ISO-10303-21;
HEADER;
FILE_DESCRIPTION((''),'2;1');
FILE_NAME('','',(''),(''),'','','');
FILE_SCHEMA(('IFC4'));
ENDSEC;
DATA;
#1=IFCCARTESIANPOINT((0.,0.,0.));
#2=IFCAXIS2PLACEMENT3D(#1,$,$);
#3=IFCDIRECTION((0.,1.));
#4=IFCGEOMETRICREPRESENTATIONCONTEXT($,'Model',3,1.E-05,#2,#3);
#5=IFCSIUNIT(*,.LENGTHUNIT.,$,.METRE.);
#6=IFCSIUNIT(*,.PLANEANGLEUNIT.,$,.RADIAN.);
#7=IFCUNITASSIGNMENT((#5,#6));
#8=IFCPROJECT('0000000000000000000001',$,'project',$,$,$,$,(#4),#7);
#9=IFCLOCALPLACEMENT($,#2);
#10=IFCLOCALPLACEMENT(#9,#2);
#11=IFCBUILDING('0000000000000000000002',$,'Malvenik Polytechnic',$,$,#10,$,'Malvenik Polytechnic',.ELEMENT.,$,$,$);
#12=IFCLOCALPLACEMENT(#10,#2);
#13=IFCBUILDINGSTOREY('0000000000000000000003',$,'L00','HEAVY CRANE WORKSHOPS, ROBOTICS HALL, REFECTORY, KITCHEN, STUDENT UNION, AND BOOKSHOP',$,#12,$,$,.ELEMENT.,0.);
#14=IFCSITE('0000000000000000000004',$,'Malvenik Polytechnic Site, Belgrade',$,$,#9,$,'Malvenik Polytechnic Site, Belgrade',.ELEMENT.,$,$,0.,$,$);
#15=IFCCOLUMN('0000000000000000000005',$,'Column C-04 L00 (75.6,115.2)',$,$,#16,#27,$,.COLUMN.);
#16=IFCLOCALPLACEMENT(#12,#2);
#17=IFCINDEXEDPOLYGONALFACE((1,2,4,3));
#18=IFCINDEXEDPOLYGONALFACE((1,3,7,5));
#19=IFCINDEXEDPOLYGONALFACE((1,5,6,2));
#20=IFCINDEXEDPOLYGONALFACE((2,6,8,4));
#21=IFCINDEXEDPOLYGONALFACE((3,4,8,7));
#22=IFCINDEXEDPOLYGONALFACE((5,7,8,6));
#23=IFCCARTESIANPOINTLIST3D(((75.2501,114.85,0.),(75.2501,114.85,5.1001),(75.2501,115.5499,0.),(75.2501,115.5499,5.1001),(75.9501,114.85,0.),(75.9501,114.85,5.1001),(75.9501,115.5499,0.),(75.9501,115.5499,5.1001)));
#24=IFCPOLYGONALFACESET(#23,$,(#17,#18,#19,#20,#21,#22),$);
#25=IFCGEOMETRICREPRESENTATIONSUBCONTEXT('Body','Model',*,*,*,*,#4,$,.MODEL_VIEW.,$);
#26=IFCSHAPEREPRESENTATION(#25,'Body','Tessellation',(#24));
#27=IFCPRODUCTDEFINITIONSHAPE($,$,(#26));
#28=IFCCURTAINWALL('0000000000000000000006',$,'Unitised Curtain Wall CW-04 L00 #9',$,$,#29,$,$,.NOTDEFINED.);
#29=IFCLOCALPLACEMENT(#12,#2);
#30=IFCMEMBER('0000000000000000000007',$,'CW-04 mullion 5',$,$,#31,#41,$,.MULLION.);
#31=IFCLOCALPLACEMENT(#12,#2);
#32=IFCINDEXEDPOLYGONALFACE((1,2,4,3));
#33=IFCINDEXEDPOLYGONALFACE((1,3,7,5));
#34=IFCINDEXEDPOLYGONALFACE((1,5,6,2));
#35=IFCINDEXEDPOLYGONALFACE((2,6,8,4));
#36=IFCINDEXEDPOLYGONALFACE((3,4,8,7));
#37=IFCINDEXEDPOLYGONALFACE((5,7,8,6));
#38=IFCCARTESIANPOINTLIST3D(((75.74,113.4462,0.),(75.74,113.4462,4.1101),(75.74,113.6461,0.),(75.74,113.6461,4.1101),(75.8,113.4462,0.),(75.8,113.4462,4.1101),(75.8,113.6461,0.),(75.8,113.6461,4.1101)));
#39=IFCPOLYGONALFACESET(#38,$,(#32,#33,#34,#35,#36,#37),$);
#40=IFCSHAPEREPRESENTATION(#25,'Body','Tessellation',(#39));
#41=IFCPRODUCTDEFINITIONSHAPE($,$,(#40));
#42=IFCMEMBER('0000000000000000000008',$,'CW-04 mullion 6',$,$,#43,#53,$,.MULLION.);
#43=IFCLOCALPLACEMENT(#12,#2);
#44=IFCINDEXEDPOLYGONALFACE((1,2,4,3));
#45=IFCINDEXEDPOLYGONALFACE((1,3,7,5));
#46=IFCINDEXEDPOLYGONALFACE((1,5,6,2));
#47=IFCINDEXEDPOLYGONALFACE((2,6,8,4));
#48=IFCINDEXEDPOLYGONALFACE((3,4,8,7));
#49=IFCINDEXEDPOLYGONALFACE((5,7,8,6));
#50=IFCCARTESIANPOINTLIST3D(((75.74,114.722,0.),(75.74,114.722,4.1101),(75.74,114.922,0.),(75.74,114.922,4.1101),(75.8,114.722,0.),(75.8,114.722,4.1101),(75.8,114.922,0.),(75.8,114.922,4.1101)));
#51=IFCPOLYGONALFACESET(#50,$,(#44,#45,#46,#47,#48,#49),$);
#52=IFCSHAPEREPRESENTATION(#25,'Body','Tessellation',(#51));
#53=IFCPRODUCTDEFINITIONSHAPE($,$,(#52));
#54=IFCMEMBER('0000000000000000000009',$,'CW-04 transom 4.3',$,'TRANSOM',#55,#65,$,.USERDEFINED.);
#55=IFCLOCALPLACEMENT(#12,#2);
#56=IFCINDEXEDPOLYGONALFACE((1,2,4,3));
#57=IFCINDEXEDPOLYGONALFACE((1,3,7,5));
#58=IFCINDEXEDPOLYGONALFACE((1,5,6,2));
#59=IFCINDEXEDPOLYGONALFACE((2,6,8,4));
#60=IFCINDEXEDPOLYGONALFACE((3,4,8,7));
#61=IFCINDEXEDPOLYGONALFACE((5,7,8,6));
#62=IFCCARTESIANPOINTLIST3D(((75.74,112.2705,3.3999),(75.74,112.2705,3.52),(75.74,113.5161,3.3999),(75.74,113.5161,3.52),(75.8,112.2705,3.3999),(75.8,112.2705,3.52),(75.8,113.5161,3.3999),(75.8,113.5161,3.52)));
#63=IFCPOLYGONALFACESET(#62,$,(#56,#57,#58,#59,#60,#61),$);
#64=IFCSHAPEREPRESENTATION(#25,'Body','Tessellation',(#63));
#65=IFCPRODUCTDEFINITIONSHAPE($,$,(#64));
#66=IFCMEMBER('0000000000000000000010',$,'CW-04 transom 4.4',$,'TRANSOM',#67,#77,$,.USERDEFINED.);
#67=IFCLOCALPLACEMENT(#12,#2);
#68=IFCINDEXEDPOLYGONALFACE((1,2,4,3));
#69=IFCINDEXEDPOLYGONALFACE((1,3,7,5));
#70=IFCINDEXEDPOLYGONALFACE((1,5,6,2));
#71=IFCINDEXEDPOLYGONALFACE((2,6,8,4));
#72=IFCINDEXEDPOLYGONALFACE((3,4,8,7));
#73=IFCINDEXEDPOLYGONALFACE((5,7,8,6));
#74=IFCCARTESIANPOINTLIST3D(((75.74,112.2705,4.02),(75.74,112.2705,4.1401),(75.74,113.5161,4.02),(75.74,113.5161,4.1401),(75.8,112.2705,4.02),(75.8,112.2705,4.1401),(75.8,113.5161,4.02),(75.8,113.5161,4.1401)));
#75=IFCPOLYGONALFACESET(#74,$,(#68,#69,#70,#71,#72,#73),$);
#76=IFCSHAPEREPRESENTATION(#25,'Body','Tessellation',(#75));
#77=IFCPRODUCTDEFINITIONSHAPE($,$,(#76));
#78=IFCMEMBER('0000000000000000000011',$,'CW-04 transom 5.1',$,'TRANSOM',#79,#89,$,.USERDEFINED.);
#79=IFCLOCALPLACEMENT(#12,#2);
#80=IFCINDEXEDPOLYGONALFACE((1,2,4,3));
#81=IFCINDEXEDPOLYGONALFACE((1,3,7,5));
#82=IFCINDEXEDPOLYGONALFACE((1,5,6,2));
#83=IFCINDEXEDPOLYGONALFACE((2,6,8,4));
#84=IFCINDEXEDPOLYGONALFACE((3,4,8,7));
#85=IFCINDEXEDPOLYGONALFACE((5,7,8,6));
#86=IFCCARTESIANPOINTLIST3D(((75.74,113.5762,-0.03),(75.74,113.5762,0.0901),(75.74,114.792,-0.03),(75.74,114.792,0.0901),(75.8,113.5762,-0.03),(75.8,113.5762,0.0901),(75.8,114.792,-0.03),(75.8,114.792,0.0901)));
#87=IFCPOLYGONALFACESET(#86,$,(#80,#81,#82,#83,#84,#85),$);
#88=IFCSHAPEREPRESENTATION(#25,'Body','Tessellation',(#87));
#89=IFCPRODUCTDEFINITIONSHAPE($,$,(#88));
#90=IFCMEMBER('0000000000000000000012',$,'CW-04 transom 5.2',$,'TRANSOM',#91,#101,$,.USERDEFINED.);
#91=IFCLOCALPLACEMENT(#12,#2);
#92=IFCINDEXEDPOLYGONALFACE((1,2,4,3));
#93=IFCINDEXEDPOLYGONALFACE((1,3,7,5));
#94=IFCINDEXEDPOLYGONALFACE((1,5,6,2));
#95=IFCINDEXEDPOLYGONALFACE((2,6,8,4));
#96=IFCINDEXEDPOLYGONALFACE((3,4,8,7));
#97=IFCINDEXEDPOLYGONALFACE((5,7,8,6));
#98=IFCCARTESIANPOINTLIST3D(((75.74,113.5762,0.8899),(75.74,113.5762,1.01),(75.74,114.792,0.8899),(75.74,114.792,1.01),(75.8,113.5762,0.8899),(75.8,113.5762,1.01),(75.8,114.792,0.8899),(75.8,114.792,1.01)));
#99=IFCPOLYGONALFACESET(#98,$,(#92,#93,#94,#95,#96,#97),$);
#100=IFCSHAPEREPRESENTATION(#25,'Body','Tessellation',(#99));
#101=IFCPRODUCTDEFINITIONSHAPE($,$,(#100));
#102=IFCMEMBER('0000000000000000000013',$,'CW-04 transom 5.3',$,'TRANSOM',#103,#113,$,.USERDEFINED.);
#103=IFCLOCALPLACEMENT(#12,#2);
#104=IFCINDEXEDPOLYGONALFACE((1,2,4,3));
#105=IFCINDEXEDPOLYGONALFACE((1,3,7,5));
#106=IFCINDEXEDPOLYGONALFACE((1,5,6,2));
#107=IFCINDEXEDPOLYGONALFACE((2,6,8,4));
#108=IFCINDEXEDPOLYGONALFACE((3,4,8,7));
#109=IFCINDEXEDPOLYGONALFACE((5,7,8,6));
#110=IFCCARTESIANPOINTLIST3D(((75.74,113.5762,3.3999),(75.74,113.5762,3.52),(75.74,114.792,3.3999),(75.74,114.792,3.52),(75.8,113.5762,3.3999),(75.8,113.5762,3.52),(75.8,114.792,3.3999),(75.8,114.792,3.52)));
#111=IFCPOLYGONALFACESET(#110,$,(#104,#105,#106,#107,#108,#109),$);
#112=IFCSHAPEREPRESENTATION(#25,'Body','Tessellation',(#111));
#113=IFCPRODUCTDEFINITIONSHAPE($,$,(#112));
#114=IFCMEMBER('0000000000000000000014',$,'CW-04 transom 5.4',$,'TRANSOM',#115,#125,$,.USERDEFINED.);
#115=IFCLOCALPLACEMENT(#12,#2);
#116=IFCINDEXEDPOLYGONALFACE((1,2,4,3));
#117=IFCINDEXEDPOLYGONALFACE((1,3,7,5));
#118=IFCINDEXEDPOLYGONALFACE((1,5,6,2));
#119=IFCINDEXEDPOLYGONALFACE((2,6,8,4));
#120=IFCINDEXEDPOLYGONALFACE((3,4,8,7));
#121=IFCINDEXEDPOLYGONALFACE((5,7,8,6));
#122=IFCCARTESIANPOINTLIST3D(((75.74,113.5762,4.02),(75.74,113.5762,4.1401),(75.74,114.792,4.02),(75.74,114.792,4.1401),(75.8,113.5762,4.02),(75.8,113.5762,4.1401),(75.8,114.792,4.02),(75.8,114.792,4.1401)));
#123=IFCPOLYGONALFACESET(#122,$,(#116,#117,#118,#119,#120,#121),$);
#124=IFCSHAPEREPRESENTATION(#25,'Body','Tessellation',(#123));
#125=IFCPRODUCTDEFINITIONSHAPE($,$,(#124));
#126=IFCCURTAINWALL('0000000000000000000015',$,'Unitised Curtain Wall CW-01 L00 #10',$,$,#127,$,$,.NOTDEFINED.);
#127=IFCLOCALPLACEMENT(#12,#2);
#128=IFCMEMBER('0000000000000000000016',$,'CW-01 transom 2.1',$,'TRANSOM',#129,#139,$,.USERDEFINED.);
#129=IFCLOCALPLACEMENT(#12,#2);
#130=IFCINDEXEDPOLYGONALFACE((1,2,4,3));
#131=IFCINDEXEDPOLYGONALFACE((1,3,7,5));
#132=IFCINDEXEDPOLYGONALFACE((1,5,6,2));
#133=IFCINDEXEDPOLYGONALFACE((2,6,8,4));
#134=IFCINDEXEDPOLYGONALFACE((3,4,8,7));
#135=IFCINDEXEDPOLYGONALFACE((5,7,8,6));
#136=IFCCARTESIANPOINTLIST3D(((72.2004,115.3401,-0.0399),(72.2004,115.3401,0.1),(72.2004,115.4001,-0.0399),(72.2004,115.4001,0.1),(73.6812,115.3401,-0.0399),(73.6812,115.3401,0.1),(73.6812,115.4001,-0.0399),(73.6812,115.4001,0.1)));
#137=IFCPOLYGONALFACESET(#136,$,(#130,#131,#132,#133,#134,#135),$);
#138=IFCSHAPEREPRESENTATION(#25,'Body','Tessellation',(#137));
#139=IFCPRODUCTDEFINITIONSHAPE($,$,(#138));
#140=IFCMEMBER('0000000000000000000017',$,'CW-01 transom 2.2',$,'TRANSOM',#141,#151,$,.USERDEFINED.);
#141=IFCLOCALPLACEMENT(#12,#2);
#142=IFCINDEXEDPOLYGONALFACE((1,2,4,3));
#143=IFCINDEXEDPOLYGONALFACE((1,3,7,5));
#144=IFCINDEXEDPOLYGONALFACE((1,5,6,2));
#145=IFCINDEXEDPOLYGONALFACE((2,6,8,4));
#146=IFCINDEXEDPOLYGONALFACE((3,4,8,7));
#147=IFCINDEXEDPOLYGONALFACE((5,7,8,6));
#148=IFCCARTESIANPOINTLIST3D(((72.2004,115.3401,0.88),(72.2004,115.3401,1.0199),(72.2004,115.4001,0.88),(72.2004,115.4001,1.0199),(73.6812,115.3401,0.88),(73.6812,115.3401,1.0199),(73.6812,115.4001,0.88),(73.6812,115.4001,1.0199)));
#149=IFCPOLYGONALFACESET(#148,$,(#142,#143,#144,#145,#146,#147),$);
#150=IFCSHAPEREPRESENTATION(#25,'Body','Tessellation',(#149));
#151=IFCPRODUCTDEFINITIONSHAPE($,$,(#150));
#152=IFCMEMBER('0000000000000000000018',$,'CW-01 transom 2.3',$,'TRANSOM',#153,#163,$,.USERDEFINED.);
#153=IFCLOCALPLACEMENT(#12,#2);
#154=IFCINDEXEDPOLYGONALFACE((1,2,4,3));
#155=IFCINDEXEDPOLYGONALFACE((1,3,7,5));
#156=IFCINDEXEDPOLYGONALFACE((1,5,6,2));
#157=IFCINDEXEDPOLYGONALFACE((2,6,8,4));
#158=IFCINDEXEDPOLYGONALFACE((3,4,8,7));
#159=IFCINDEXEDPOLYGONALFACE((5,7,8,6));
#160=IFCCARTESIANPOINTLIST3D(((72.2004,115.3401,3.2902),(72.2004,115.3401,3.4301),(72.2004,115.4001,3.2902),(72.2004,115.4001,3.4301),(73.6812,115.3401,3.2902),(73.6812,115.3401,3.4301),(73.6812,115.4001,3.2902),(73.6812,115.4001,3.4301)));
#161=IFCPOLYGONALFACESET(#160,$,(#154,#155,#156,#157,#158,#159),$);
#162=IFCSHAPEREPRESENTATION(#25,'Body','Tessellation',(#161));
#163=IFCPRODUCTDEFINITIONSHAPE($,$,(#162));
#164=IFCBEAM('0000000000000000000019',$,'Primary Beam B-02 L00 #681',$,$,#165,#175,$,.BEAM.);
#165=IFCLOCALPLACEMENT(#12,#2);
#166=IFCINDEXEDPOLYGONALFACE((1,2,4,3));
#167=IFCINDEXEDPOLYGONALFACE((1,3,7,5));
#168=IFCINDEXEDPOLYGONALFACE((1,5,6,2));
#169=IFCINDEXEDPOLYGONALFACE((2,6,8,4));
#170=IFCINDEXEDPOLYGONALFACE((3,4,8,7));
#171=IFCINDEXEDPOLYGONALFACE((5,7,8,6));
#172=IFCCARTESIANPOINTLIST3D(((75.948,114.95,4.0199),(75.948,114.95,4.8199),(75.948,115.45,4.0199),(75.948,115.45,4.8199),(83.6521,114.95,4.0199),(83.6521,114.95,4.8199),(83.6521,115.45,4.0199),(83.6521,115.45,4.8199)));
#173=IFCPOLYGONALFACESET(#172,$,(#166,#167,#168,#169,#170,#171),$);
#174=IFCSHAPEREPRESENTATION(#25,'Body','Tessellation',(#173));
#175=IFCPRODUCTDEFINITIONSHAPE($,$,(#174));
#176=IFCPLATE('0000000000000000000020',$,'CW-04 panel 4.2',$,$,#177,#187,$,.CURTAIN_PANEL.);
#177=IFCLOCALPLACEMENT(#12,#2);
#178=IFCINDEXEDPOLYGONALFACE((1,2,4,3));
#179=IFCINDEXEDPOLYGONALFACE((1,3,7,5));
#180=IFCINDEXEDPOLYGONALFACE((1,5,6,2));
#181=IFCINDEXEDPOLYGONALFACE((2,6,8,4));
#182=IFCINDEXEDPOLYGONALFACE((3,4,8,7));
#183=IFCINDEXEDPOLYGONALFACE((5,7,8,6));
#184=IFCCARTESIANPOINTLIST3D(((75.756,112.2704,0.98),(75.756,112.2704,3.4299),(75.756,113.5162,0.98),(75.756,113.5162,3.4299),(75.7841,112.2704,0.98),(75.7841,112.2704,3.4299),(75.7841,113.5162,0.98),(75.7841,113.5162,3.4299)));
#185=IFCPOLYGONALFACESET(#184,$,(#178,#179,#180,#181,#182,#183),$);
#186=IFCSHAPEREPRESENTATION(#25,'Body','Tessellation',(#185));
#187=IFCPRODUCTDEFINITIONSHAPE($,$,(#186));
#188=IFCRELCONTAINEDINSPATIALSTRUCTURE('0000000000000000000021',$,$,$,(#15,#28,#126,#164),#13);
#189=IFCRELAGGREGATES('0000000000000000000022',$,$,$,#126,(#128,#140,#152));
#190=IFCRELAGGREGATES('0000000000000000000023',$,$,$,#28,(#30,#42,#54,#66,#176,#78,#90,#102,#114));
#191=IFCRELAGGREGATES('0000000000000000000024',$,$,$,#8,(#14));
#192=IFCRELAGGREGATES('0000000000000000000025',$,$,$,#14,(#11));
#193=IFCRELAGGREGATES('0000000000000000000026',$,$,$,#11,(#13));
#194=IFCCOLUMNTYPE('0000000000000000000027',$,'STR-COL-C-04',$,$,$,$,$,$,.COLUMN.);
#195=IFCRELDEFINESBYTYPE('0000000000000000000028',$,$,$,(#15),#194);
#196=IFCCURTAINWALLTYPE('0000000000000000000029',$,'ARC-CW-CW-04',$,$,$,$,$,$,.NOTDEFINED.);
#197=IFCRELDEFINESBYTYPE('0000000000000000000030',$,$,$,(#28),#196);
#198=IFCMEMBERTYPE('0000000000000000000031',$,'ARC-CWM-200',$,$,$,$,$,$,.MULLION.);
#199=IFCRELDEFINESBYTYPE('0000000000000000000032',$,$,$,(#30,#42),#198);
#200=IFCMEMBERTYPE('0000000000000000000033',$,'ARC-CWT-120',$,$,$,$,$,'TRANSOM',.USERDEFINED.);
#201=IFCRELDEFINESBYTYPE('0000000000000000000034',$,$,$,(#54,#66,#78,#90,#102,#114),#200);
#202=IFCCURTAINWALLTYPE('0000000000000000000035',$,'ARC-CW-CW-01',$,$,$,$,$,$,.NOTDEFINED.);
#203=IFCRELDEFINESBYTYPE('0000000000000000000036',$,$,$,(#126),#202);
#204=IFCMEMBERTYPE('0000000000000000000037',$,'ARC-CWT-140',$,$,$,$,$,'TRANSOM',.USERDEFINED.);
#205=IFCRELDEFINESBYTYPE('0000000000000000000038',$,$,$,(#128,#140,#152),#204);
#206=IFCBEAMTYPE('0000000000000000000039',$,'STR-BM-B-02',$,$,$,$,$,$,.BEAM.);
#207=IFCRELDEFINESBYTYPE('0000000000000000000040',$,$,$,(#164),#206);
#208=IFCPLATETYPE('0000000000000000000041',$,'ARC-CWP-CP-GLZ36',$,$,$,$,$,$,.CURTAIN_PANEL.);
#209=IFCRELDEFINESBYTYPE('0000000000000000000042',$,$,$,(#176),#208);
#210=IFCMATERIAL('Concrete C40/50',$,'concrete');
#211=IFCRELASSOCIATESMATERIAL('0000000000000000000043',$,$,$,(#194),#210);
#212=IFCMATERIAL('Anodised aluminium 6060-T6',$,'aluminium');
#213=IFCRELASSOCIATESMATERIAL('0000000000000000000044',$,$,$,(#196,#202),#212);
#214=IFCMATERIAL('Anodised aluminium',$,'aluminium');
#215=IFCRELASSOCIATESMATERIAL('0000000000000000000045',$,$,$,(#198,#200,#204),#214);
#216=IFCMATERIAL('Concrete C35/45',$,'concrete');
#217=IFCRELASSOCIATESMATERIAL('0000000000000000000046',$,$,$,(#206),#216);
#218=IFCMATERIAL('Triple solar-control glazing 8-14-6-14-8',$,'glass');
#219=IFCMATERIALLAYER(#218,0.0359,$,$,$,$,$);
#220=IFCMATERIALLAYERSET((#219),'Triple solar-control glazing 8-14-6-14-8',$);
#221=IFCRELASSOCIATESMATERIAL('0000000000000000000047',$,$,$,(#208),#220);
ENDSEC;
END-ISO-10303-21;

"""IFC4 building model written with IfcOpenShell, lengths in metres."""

from ifc_helpers import new_model, si_unit, direction, frame, origin, origin_2d, place, context, subcontext, project, spatial, rectangle, extrude, material, layer, layer_set, material_profile, profile_set, type_object, element, aggregate, save


model = new_model("IFC4")

# Units and contexts
model_context = context("Model", 3, precision=1e-05, world=origin(), true_north=direction((0.0, 1.0)))
body_context = subcontext(model_context, "Body", "Model", "MODEL_VIEW")
ifc_project = project(units=[si_unit("LENGTHUNIT", "METRE"), si_unit("PLANEANGLEUNIT", "RADIAN")], contexts=[model_context])

# Site, building, storey
site_placement = place(None, origin())
site = spatial("IfcSite", under=ifc_project, at=site_placement, Name="Malvenik Polytechnic Site, Belgrade", LongName="Malvenik Polytechnic Site, Belgrade", CompositionType="ELEMENT", RefElevation=0.0)
building_placement = place(site_placement, origin())
building = spatial("IfcBuilding", under=site, at=building_placement, Name="Malvenik Polytechnic", LongName="Malvenik Polytechnic", CompositionType="ELEMENT")
storey_placement = place(building_placement, origin())
storey = spatial("IfcBuildingStorey", under=building, at=storey_placement, Name="L00", Description="HEAVY CRANE WORKSHOPS, ROBOTICS HALL, REFECTORY, KITCHEN, STUDENT UNION, AND BOOKSHOP", CompositionType="ELEMENT", Elevation=0.0)

# Column
ifc_material_1 = material(Name="Concrete C40/50", Category="concrete")
ifc_material_profile_1 = material_profile(ifc_material_1, rectangle(XDim=0.7, YDim=0.7, at=origin_2d()), Name="RC COL 700x700")
ifc_profile_set_1 = profile_set([ifc_material_profile_1], Name="Concrete C40/50")
column_type = type_object("IfcColumnType", Name="STR-COL-C-04", PredefinedType="COLUMN", material=ifc_profile_set_1)
column_placement = place(storey_placement, frame((75.6001, 115.2, 0.0), z_axis=(0.0, 0.0, 1.0), x_axis=(1.0, 0.0, 0.0)))
element("IfcColumn", 1, at=column_placement, inside=storey, type_object=column_type, Name="Column C-04 L00 (75.6,115.2)", PredefinedType="COLUMN", context=body_context, shape_type="SweptSolid", body=[
    extrude(rectangle(XDim=0.7, YDim=0.7, at=origin_2d()), origin(), (0.0, 0.0, 1.0), 5.1001),
])

# Curtain walls, members
ifc_material_2 = material(Name="Anodised aluminium 6060-T6", Category="aluminium")
curtain_wall_type_1 = type_object("IfcCurtainWallType", Name="ARC-CW-CW-04", PredefinedType="NOTDEFINED", material=ifc_material_2)
curtain_wall_1_placement = place(storey_placement, origin())
curtain_wall_1 = element("IfcCurtainWall", 2, at=curtain_wall_1_placement, inside=storey, type_object=curtain_wall_type_1, Name="Unitised Curtain Wall CW-04 L00 #9", PredefinedType="NOTDEFINED")
ifc_material_3 = material(Name="Anodised aluminium", Category="aluminium")
ifc_material_profile_2 = material_profile(ifc_material_3, rectangle(XDim=0.0601, YDim=0.2, at=origin_2d()), Name="ALU MULLION 60x200")
ifc_profile_set_2 = profile_set([ifc_material_profile_2], Name="Anodised aluminium")
member_type_1 = type_object("IfcMemberType", Name="ARC-CWM-200", PredefinedType="MULLION", material=ifc_profile_set_2)
member_1_placement = place(storey_placement, frame((75.77, 113.5461, 0.0), z_axis=(0.0, 0.0, 1.0), x_axis=(-1.0, 0.0, 0.0)))
member_1 = element("IfcMember", 3, at=member_1_placement, type_object=member_type_1, Name="CW-04 mullion 5", PredefinedType="MULLION", context=body_context, shape_type="SweptSolid", body=[
    extrude(rectangle(XDim=0.0601, YDim=0.2, at=origin_2d()), origin(), (0.0, 0.0, 1.0), 4.1101),
])
member_2_placement = place(storey_placement, frame((75.77, 114.822, 0.0), z_axis=(0.0, 0.0, 1.0), x_axis=(-1.0, 0.0, 0.0)))
member_2 = element("IfcMember", 4, at=member_2_placement, type_object=member_type_1, Name="CW-04 mullion 6", PredefinedType="MULLION", context=body_context, shape_type="SweptSolid", body=[
    extrude(rectangle(XDim=0.0601, YDim=0.2, at=origin_2d()), origin(), (0.0, 0.0, 1.0), 4.1101),
])
ifc_material_profile_3 = material_profile(ifc_material_3, rectangle(XDim=0.0601, YDim=0.1201, at=origin_2d()), Name="ALU TRANSOM 60x120")
ifc_profile_set_3 = profile_set([ifc_material_profile_3], Name="Anodised aluminium")
member_type_2 = type_object("IfcMemberType", Name="ARC-CWT-120", ElementType="TRANSOM", PredefinedType="USERDEFINED", material=ifc_profile_set_3)
member_3_placement = place(storey_placement, frame((75.77, 112.2705, 3.46), z_axis=(0.0, 1.0, 0.0), x_axis=(-1.0, 0.0, 0.0)))
member_3 = element("IfcMember", 5, at=member_3_placement, type_object=member_type_2, Name="CW-04 transom 4.3", ObjectType="TRANSOM", PredefinedType="USERDEFINED", context=body_context, shape_type="SweptSolid", body=[
    extrude(rectangle(XDim=0.0601, YDim=0.1201, at=origin_2d()), origin(), (0.0, 0.0, 1.0), 1.2456),
])
member_4_placement = place(storey_placement, frame((75.77, 112.2705, 4.0801), z_axis=(0.0, 1.0, 0.0), x_axis=(-1.0, 0.0, 0.0)))
member_4 = element("IfcMember", 6, at=member_4_placement, type_object=member_type_2, Name="CW-04 transom 4.4", ObjectType="TRANSOM", PredefinedType="USERDEFINED", context=body_context, shape_type="SweptSolid", body=[
    extrude(rectangle(XDim=0.0601, YDim=0.1201, at=origin_2d()), origin(), (0.0, 0.0, 1.0), 1.2456),
])
member_5_placement = place(storey_placement, frame((75.77, 113.5762, 0.03), z_axis=(0.0, 1.0, 0.0), x_axis=(-1.0, 0.0, 0.0)))
member_5 = element("IfcMember", 7, at=member_5_placement, type_object=member_type_2, Name="CW-04 transom 5.1", ObjectType="TRANSOM", PredefinedType="USERDEFINED", context=body_context, shape_type="SweptSolid", body=[
    extrude(rectangle(XDim=0.0601, YDim=0.1201, at=origin_2d()), origin(), (0.0, 0.0, 1.0), 1.2158),
])
member_6_placement = place(storey_placement, frame((75.77, 113.5762, 0.95), z_axis=(0.0, 1.0, 0.0), x_axis=(-1.0, 0.0, 0.0)))
member_6 = element("IfcMember", 8, at=member_6_placement, type_object=member_type_2, Name="CW-04 transom 5.2", ObjectType="TRANSOM", PredefinedType="USERDEFINED", context=body_context, shape_type="SweptSolid", body=[
    extrude(rectangle(XDim=0.0601, YDim=0.1201, at=origin_2d()), origin(), (0.0, 0.0, 1.0), 1.2158),
])
member_7_placement = place(storey_placement, frame((75.77, 113.5762, 3.46), z_axis=(0.0, 1.0, 0.0), x_axis=(-1.0, 0.0, 0.0)))
member_7 = element("IfcMember", 9, at=member_7_placement, type_object=member_type_2, Name="CW-04 transom 5.3", ObjectType="TRANSOM", PredefinedType="USERDEFINED", context=body_context, shape_type="SweptSolid", body=[
    extrude(rectangle(XDim=0.0601, YDim=0.1201, at=origin_2d()), origin(), (0.0, 0.0, 1.0), 1.2158),
])
member_8_placement = place(storey_placement, frame((75.77, 113.5762, 4.0801), z_axis=(0.0, 1.0, 0.0), x_axis=(-1.0, 0.0, 0.0)))
member_8 = element("IfcMember", 10, at=member_8_placement, type_object=member_type_2, Name="CW-04 transom 5.4", ObjectType="TRANSOM", PredefinedType="USERDEFINED", context=body_context, shape_type="SweptSolid", body=[
    extrude(rectangle(XDim=0.0601, YDim=0.1201, at=origin_2d()), origin(), (0.0, 0.0, 1.0), 1.2158),
])
curtain_wall_type_2 = type_object("IfcCurtainWallType", Name="ARC-CW-CW-01", PredefinedType="NOTDEFINED", material=ifc_material_2)
curtain_wall_2_placement = place(storey_placement, origin())
curtain_wall_2 = element("IfcCurtainWall", 11, at=curtain_wall_2_placement, inside=storey, type_object=curtain_wall_type_2, Name="Unitised Curtain Wall CW-01 L00 #10", PredefinedType="NOTDEFINED")
ifc_material_profile_4 = material_profile(ifc_material_3, rectangle(XDim=0.0601, YDim=0.1399, at=origin_2d()), Name="ALU TRANSOM 60x140")
ifc_profile_set_4 = profile_set([ifc_material_profile_4], Name="Anodised aluminium")
member_type_3 = type_object("IfcMemberType", Name="ARC-CWT-140", ElementType="TRANSOM", PredefinedType="USERDEFINED", material=ifc_profile_set_4)
member_9_placement = place(storey_placement, frame((73.6812, 115.3701, 0.03), z_axis=(-1.0, 0.0, 0.0), x_axis=(0.0, -1.0, 0.0)))
member_9 = element("IfcMember", 12, at=member_9_placement, type_object=member_type_3, Name="CW-01 transom 2.1", ObjectType="TRANSOM", PredefinedType="USERDEFINED", context=body_context, shape_type="SweptSolid", body=[
    extrude(rectangle(XDim=0.0601, YDim=0.1399, at=origin_2d()), origin(), (0.0, 0.0, 1.0), 1.4807),
])
member_10_placement = place(storey_placement, frame((73.6812, 115.3701, 0.95), z_axis=(-1.0, 0.0, 0.0), x_axis=(0.0, -1.0, 0.0)))
member_10 = element("IfcMember", 13, at=member_10_placement, type_object=member_type_3, Name="CW-01 transom 2.2", ObjectType="TRANSOM", PredefinedType="USERDEFINED", context=body_context, shape_type="SweptSolid", body=[
    extrude(rectangle(XDim=0.0601, YDim=0.1399, at=origin_2d()), origin(), (0.0, 0.0, 1.0), 1.4807),
])
member_11_placement = place(storey_placement, frame((73.6812, 115.3701, 3.3601), z_axis=(-1.0, 0.0, 0.0), x_axis=(0.0, -1.0, 0.0)))
member_11 = element("IfcMember", 14, at=member_11_placement, type_object=member_type_3, Name="CW-01 transom 2.3", ObjectType="TRANSOM", PredefinedType="USERDEFINED", context=body_context, shape_type="SweptSolid", body=[
    extrude(rectangle(XDim=0.0601, YDim=0.1399, at=origin_2d()), origin(), (0.0, 0.0, 1.0), 1.4807),
])

# Beam
ifc_material_4 = material(Name="Concrete C35/45", Category="concrete")
ifc_material_profile_5 = material_profile(ifc_material_4, rectangle(XDim=0.5, YDim=0.8, at=origin_2d()), Name="RC BM 500x800")
ifc_profile_set_5 = profile_set([ifc_material_profile_5], Name="Concrete C35/45")
beam_type = type_object("IfcBeamType", Name="STR-BM-B-02", PredefinedType="BEAM", material=ifc_profile_set_5)
beam_placement = place(storey_placement, frame((75.948, 115.2, 4.4199), z_axis=(1.0, 0.0, 0.0), x_axis=(0.0, 1.0, 0.0)))
element("IfcBeam", 15, at=beam_placement, inside=storey, type_object=beam_type, Name="Primary Beam B-02 L00 #681", PredefinedType="BEAM", context=body_context, shape_type="SweptSolid", body=[
    extrude(rectangle(XDim=0.5, YDim=0.8, at=origin_2d()), origin(), (0.0, 0.0, 1.0), 7.7041),
])

# Plate
ifc_material_5 = material(Name="Triple solar-control glazing 8-14-6-14-8", Category="glass")
ifc_layer_1 = layer(ifc_material_5, 0.0359)
ifc_layer_set_1 = layer_set([ifc_layer_1], Name="Triple solar-control glazing 8-14-6-14-8")
plate_type_1 = type_object("IfcPlateType", Name="ARC-CWP-CP-GLZ36", PredefinedType="CURTAIN_PANEL", material=ifc_layer_set_1)
plate_1_placement = place(storey_placement, frame((75.77, 112.8933, 0.98), z_axis=(0.0, 0.0, 1.0), x_axis=(0.0, 1.0, 0.0)))
plate_1 = element("IfcPlate", 16, at=plate_1_placement, type_object=plate_type_1, Name="CW-04 panel 4.2", PredefinedType="CURTAIN_PANEL", context=body_context, shape_type="SweptSolid", body=[
    extrude(rectangle(XDim=1.2458, YDim=0.0281, at=origin_2d()), origin(), (0.0, 0.0, 1.0), 2.45),
])
aggregate(curtain_wall_2, [member_9, member_10, member_11])
aggregate(curtain_wall_1, [member_1, member_2, member_3, member_4, plate_1, member_5, member_6, member_7, member_8])

save(model, "model.ifc")
